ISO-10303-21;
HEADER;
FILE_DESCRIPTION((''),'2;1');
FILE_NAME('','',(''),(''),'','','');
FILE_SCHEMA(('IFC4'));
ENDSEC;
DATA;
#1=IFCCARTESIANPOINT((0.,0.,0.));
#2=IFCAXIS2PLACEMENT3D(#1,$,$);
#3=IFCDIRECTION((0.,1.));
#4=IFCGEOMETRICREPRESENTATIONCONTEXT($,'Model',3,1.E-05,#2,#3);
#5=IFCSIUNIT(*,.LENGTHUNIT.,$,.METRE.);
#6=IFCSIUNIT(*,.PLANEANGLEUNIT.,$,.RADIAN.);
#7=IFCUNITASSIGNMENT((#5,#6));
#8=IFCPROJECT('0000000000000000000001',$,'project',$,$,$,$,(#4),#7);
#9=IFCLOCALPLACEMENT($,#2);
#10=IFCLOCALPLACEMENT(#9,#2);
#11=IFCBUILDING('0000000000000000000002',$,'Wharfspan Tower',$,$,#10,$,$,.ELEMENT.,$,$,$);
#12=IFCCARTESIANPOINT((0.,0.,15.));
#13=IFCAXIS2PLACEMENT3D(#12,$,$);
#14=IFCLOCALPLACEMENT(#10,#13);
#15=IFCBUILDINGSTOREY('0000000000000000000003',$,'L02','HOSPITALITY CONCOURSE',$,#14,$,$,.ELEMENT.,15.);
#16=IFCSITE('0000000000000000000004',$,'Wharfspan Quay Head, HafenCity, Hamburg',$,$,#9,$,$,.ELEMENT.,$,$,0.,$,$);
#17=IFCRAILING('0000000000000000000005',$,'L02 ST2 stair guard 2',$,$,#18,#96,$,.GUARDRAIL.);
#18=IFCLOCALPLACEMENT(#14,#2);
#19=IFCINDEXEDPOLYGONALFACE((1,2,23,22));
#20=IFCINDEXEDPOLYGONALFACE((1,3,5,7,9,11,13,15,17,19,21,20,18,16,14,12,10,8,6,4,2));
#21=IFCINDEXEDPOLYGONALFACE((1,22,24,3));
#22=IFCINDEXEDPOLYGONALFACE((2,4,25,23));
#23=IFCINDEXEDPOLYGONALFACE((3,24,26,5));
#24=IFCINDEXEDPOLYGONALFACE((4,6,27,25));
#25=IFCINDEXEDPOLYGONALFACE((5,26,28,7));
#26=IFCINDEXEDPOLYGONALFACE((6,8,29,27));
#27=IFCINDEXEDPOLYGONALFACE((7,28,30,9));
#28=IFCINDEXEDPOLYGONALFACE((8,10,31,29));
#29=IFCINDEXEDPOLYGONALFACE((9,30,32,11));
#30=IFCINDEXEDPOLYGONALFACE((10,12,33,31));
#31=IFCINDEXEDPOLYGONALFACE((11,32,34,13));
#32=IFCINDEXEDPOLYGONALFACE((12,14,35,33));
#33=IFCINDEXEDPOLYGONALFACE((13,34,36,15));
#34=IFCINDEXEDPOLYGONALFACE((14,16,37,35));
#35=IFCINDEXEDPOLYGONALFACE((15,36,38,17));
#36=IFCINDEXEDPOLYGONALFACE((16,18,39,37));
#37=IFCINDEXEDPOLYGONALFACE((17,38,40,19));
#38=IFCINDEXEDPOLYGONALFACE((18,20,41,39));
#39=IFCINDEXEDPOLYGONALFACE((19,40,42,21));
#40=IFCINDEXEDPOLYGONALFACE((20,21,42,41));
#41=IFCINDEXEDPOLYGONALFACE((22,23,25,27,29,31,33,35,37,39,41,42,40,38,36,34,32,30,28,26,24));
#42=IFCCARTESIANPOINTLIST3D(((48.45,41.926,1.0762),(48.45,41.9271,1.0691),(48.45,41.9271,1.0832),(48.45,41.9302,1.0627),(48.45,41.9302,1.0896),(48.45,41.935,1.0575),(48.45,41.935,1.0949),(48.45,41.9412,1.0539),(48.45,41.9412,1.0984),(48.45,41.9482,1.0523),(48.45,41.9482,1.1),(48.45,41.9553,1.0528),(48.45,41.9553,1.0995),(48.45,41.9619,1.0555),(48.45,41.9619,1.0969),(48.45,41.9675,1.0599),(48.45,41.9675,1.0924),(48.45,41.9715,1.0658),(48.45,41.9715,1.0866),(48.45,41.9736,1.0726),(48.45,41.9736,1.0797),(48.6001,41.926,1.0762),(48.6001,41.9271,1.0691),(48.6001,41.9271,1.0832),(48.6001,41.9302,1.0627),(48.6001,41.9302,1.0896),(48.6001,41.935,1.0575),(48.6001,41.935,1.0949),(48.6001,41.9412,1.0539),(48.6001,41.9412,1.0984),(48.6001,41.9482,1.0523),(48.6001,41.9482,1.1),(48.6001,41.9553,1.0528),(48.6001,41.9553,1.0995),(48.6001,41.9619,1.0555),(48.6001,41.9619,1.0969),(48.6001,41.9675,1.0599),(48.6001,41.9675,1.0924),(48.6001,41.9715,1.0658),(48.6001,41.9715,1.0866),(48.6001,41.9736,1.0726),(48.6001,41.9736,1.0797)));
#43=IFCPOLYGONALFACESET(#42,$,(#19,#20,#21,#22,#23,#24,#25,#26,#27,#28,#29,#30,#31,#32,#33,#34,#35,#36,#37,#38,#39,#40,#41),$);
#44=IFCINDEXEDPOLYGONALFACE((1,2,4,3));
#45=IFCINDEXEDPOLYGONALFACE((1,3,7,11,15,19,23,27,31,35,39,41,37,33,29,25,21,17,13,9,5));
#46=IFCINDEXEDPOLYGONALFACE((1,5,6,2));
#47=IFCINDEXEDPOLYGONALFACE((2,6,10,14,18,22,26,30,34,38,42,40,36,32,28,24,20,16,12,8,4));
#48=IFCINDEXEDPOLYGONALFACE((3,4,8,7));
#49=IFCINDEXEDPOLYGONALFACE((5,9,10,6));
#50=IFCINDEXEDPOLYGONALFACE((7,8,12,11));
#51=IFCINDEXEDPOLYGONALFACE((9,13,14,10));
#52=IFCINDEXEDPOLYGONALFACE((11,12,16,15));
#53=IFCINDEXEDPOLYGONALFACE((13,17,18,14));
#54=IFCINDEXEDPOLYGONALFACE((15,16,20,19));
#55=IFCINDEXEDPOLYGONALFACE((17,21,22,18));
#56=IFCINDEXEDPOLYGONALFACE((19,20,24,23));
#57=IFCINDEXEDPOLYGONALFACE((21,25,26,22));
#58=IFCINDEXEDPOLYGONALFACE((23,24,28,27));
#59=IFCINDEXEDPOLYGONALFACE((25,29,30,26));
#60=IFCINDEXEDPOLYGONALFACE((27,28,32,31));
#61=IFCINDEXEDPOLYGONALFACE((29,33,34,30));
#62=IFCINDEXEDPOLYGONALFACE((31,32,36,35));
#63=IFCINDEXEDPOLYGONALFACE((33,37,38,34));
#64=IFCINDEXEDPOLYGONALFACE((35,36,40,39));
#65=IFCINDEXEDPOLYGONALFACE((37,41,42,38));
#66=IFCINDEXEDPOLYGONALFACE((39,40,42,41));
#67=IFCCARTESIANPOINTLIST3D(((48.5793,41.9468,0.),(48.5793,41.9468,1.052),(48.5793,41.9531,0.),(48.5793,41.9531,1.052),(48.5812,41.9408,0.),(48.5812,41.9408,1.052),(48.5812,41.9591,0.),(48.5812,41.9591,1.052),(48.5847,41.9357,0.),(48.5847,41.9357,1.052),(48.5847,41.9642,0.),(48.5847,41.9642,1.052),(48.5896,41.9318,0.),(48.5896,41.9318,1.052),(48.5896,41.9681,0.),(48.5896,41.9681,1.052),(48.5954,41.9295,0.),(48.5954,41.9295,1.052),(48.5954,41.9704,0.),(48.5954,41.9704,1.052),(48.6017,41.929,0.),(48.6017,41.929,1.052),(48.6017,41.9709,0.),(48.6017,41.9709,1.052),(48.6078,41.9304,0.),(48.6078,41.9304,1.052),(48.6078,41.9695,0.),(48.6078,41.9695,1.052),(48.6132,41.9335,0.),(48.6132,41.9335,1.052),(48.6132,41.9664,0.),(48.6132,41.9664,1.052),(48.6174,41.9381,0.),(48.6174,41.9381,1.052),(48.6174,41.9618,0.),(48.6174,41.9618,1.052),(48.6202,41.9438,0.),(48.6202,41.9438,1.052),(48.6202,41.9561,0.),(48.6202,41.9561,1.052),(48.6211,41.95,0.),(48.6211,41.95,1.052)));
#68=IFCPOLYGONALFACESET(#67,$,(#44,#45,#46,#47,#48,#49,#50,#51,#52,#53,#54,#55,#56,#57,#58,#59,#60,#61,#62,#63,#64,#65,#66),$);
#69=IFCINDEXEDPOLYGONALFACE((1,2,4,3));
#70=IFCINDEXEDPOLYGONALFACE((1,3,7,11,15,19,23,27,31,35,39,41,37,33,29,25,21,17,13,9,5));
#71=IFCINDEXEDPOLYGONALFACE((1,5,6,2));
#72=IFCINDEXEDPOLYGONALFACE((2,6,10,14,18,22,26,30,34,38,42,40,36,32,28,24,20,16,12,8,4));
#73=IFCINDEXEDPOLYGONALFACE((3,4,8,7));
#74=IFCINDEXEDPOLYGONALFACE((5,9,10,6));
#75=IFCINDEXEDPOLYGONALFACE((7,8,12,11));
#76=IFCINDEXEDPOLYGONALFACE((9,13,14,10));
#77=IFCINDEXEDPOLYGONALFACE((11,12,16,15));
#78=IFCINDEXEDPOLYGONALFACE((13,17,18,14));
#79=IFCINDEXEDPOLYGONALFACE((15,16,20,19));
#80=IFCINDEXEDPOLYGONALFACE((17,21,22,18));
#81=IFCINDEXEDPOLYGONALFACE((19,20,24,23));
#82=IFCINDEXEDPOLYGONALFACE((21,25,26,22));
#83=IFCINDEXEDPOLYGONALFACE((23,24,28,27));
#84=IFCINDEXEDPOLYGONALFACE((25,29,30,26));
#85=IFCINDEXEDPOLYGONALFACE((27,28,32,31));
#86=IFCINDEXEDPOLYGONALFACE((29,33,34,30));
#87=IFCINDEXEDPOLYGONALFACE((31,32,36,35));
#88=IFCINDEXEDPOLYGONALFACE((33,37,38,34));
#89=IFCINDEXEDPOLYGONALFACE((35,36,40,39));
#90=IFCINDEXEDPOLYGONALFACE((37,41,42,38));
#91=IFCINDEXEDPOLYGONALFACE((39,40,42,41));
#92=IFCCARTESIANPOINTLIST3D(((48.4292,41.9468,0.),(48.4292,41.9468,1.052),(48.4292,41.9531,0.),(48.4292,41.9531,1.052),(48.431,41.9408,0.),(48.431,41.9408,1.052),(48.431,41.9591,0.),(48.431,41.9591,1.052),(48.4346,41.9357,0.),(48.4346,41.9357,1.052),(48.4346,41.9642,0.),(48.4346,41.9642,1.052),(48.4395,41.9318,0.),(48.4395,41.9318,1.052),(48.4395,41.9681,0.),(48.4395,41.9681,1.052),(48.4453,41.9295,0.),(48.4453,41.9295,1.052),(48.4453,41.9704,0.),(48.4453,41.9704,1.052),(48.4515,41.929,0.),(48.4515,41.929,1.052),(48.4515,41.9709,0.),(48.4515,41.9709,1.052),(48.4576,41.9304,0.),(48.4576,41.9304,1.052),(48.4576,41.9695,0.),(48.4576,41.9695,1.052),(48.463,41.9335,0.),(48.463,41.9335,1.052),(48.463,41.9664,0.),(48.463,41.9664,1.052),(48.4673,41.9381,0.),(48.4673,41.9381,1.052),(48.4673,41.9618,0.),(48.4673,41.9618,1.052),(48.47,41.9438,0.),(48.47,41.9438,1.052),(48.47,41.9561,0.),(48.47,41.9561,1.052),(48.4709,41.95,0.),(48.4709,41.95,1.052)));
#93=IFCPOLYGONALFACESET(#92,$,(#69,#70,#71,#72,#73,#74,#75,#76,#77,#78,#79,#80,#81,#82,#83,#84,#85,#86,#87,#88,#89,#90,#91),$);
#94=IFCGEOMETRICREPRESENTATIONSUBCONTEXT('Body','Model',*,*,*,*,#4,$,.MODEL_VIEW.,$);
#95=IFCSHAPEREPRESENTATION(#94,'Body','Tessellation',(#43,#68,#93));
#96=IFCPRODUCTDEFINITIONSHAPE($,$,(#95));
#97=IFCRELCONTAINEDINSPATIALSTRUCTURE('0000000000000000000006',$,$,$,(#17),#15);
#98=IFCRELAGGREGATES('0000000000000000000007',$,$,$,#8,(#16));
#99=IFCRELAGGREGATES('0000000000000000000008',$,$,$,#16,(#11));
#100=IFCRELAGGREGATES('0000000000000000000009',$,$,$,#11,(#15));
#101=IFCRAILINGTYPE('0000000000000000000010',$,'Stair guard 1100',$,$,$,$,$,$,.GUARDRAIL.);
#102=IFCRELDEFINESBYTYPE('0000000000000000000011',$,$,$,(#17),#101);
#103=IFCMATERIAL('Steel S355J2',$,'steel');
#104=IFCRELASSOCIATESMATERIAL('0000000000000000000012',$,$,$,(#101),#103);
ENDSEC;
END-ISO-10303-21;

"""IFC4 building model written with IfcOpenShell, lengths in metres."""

from ifc_helpers import new_model, si_unit, direction, frame, origin, origin_2d, place, context, subcontext, project, spatial, circle, extrude, material, type_object, element, save


model = new_model("IFC4")

# Units and contexts
model_context = context("Model", 3, precision=1e-05, world=origin(), true_north=direction((0.0, 1.0)))
body_context = subcontext(model_context, "Body", "Model", "MODEL_VIEW")
ifc_project = project(units=[si_unit("LENGTHUNIT", "METRE"), si_unit("PLANEANGLEUNIT", "RADIAN")], contexts=[model_context])

# Site, building, storey
site_placement = place(None, origin())
site = spatial("IfcSite", under=ifc_project, at=site_placement, Name="Wharfspan Quay Head, HafenCity, Hamburg", CompositionType="ELEMENT", RefElevation=0.0)
building_placement = place(site_placement, origin())
building = spatial("IfcBuilding", under=site, at=building_placement, Name="Wharfspan Tower", CompositionType="ELEMENT")
storey_placement = place(building_placement, frame((0.0, 0.0, 15.0)))
storey = spatial("IfcBuildingStorey", under=building, at=storey_placement, Name="L02", Description="HOSPITALITY CONCOURSE", CompositionType="ELEMENT", Elevation=15.0)

# Railing
ifc_material_1 = material(Name="Steel S355J2", Category="steel")
railing_type_1 = type_object("IfcRailingType", Name="Stair guard 1100", PredefinedType="GUARDRAIL", material=ifc_material_1)
railing_1_placement = place(storey_placement, frame((48.6001, 41.95, 0.0)))
element("IfcRailing", 1, at=railing_1_placement, inside=storey, type_object=railing_type_1, Name="L02 ST2 stair guard 2", PredefinedType="GUARDRAIL", context=body_context, shape_type="SweptSolid", body=[
    extrude(circle(Radius=0.0239, at=origin_2d()), frame((0.0, 0.0, 1.0762), z_axis=(-1.0, 0.0, 0.0), x_axis=(0.0, -1.0, 0.0)), (0.0, 0.0, 1.0), 0.1501),
    extrude(circle(Radius=0.021, at=origin_2d()), origin(), (0.0, 0.0, 1.0), 1.052),
    extrude(circle(Radius=0.021, at=origin_2d()), frame((-0.1501, 0.0, 0.0)), (0.0, 0.0, 1.0), 1.052),
])

save(model, "model.ifc")
